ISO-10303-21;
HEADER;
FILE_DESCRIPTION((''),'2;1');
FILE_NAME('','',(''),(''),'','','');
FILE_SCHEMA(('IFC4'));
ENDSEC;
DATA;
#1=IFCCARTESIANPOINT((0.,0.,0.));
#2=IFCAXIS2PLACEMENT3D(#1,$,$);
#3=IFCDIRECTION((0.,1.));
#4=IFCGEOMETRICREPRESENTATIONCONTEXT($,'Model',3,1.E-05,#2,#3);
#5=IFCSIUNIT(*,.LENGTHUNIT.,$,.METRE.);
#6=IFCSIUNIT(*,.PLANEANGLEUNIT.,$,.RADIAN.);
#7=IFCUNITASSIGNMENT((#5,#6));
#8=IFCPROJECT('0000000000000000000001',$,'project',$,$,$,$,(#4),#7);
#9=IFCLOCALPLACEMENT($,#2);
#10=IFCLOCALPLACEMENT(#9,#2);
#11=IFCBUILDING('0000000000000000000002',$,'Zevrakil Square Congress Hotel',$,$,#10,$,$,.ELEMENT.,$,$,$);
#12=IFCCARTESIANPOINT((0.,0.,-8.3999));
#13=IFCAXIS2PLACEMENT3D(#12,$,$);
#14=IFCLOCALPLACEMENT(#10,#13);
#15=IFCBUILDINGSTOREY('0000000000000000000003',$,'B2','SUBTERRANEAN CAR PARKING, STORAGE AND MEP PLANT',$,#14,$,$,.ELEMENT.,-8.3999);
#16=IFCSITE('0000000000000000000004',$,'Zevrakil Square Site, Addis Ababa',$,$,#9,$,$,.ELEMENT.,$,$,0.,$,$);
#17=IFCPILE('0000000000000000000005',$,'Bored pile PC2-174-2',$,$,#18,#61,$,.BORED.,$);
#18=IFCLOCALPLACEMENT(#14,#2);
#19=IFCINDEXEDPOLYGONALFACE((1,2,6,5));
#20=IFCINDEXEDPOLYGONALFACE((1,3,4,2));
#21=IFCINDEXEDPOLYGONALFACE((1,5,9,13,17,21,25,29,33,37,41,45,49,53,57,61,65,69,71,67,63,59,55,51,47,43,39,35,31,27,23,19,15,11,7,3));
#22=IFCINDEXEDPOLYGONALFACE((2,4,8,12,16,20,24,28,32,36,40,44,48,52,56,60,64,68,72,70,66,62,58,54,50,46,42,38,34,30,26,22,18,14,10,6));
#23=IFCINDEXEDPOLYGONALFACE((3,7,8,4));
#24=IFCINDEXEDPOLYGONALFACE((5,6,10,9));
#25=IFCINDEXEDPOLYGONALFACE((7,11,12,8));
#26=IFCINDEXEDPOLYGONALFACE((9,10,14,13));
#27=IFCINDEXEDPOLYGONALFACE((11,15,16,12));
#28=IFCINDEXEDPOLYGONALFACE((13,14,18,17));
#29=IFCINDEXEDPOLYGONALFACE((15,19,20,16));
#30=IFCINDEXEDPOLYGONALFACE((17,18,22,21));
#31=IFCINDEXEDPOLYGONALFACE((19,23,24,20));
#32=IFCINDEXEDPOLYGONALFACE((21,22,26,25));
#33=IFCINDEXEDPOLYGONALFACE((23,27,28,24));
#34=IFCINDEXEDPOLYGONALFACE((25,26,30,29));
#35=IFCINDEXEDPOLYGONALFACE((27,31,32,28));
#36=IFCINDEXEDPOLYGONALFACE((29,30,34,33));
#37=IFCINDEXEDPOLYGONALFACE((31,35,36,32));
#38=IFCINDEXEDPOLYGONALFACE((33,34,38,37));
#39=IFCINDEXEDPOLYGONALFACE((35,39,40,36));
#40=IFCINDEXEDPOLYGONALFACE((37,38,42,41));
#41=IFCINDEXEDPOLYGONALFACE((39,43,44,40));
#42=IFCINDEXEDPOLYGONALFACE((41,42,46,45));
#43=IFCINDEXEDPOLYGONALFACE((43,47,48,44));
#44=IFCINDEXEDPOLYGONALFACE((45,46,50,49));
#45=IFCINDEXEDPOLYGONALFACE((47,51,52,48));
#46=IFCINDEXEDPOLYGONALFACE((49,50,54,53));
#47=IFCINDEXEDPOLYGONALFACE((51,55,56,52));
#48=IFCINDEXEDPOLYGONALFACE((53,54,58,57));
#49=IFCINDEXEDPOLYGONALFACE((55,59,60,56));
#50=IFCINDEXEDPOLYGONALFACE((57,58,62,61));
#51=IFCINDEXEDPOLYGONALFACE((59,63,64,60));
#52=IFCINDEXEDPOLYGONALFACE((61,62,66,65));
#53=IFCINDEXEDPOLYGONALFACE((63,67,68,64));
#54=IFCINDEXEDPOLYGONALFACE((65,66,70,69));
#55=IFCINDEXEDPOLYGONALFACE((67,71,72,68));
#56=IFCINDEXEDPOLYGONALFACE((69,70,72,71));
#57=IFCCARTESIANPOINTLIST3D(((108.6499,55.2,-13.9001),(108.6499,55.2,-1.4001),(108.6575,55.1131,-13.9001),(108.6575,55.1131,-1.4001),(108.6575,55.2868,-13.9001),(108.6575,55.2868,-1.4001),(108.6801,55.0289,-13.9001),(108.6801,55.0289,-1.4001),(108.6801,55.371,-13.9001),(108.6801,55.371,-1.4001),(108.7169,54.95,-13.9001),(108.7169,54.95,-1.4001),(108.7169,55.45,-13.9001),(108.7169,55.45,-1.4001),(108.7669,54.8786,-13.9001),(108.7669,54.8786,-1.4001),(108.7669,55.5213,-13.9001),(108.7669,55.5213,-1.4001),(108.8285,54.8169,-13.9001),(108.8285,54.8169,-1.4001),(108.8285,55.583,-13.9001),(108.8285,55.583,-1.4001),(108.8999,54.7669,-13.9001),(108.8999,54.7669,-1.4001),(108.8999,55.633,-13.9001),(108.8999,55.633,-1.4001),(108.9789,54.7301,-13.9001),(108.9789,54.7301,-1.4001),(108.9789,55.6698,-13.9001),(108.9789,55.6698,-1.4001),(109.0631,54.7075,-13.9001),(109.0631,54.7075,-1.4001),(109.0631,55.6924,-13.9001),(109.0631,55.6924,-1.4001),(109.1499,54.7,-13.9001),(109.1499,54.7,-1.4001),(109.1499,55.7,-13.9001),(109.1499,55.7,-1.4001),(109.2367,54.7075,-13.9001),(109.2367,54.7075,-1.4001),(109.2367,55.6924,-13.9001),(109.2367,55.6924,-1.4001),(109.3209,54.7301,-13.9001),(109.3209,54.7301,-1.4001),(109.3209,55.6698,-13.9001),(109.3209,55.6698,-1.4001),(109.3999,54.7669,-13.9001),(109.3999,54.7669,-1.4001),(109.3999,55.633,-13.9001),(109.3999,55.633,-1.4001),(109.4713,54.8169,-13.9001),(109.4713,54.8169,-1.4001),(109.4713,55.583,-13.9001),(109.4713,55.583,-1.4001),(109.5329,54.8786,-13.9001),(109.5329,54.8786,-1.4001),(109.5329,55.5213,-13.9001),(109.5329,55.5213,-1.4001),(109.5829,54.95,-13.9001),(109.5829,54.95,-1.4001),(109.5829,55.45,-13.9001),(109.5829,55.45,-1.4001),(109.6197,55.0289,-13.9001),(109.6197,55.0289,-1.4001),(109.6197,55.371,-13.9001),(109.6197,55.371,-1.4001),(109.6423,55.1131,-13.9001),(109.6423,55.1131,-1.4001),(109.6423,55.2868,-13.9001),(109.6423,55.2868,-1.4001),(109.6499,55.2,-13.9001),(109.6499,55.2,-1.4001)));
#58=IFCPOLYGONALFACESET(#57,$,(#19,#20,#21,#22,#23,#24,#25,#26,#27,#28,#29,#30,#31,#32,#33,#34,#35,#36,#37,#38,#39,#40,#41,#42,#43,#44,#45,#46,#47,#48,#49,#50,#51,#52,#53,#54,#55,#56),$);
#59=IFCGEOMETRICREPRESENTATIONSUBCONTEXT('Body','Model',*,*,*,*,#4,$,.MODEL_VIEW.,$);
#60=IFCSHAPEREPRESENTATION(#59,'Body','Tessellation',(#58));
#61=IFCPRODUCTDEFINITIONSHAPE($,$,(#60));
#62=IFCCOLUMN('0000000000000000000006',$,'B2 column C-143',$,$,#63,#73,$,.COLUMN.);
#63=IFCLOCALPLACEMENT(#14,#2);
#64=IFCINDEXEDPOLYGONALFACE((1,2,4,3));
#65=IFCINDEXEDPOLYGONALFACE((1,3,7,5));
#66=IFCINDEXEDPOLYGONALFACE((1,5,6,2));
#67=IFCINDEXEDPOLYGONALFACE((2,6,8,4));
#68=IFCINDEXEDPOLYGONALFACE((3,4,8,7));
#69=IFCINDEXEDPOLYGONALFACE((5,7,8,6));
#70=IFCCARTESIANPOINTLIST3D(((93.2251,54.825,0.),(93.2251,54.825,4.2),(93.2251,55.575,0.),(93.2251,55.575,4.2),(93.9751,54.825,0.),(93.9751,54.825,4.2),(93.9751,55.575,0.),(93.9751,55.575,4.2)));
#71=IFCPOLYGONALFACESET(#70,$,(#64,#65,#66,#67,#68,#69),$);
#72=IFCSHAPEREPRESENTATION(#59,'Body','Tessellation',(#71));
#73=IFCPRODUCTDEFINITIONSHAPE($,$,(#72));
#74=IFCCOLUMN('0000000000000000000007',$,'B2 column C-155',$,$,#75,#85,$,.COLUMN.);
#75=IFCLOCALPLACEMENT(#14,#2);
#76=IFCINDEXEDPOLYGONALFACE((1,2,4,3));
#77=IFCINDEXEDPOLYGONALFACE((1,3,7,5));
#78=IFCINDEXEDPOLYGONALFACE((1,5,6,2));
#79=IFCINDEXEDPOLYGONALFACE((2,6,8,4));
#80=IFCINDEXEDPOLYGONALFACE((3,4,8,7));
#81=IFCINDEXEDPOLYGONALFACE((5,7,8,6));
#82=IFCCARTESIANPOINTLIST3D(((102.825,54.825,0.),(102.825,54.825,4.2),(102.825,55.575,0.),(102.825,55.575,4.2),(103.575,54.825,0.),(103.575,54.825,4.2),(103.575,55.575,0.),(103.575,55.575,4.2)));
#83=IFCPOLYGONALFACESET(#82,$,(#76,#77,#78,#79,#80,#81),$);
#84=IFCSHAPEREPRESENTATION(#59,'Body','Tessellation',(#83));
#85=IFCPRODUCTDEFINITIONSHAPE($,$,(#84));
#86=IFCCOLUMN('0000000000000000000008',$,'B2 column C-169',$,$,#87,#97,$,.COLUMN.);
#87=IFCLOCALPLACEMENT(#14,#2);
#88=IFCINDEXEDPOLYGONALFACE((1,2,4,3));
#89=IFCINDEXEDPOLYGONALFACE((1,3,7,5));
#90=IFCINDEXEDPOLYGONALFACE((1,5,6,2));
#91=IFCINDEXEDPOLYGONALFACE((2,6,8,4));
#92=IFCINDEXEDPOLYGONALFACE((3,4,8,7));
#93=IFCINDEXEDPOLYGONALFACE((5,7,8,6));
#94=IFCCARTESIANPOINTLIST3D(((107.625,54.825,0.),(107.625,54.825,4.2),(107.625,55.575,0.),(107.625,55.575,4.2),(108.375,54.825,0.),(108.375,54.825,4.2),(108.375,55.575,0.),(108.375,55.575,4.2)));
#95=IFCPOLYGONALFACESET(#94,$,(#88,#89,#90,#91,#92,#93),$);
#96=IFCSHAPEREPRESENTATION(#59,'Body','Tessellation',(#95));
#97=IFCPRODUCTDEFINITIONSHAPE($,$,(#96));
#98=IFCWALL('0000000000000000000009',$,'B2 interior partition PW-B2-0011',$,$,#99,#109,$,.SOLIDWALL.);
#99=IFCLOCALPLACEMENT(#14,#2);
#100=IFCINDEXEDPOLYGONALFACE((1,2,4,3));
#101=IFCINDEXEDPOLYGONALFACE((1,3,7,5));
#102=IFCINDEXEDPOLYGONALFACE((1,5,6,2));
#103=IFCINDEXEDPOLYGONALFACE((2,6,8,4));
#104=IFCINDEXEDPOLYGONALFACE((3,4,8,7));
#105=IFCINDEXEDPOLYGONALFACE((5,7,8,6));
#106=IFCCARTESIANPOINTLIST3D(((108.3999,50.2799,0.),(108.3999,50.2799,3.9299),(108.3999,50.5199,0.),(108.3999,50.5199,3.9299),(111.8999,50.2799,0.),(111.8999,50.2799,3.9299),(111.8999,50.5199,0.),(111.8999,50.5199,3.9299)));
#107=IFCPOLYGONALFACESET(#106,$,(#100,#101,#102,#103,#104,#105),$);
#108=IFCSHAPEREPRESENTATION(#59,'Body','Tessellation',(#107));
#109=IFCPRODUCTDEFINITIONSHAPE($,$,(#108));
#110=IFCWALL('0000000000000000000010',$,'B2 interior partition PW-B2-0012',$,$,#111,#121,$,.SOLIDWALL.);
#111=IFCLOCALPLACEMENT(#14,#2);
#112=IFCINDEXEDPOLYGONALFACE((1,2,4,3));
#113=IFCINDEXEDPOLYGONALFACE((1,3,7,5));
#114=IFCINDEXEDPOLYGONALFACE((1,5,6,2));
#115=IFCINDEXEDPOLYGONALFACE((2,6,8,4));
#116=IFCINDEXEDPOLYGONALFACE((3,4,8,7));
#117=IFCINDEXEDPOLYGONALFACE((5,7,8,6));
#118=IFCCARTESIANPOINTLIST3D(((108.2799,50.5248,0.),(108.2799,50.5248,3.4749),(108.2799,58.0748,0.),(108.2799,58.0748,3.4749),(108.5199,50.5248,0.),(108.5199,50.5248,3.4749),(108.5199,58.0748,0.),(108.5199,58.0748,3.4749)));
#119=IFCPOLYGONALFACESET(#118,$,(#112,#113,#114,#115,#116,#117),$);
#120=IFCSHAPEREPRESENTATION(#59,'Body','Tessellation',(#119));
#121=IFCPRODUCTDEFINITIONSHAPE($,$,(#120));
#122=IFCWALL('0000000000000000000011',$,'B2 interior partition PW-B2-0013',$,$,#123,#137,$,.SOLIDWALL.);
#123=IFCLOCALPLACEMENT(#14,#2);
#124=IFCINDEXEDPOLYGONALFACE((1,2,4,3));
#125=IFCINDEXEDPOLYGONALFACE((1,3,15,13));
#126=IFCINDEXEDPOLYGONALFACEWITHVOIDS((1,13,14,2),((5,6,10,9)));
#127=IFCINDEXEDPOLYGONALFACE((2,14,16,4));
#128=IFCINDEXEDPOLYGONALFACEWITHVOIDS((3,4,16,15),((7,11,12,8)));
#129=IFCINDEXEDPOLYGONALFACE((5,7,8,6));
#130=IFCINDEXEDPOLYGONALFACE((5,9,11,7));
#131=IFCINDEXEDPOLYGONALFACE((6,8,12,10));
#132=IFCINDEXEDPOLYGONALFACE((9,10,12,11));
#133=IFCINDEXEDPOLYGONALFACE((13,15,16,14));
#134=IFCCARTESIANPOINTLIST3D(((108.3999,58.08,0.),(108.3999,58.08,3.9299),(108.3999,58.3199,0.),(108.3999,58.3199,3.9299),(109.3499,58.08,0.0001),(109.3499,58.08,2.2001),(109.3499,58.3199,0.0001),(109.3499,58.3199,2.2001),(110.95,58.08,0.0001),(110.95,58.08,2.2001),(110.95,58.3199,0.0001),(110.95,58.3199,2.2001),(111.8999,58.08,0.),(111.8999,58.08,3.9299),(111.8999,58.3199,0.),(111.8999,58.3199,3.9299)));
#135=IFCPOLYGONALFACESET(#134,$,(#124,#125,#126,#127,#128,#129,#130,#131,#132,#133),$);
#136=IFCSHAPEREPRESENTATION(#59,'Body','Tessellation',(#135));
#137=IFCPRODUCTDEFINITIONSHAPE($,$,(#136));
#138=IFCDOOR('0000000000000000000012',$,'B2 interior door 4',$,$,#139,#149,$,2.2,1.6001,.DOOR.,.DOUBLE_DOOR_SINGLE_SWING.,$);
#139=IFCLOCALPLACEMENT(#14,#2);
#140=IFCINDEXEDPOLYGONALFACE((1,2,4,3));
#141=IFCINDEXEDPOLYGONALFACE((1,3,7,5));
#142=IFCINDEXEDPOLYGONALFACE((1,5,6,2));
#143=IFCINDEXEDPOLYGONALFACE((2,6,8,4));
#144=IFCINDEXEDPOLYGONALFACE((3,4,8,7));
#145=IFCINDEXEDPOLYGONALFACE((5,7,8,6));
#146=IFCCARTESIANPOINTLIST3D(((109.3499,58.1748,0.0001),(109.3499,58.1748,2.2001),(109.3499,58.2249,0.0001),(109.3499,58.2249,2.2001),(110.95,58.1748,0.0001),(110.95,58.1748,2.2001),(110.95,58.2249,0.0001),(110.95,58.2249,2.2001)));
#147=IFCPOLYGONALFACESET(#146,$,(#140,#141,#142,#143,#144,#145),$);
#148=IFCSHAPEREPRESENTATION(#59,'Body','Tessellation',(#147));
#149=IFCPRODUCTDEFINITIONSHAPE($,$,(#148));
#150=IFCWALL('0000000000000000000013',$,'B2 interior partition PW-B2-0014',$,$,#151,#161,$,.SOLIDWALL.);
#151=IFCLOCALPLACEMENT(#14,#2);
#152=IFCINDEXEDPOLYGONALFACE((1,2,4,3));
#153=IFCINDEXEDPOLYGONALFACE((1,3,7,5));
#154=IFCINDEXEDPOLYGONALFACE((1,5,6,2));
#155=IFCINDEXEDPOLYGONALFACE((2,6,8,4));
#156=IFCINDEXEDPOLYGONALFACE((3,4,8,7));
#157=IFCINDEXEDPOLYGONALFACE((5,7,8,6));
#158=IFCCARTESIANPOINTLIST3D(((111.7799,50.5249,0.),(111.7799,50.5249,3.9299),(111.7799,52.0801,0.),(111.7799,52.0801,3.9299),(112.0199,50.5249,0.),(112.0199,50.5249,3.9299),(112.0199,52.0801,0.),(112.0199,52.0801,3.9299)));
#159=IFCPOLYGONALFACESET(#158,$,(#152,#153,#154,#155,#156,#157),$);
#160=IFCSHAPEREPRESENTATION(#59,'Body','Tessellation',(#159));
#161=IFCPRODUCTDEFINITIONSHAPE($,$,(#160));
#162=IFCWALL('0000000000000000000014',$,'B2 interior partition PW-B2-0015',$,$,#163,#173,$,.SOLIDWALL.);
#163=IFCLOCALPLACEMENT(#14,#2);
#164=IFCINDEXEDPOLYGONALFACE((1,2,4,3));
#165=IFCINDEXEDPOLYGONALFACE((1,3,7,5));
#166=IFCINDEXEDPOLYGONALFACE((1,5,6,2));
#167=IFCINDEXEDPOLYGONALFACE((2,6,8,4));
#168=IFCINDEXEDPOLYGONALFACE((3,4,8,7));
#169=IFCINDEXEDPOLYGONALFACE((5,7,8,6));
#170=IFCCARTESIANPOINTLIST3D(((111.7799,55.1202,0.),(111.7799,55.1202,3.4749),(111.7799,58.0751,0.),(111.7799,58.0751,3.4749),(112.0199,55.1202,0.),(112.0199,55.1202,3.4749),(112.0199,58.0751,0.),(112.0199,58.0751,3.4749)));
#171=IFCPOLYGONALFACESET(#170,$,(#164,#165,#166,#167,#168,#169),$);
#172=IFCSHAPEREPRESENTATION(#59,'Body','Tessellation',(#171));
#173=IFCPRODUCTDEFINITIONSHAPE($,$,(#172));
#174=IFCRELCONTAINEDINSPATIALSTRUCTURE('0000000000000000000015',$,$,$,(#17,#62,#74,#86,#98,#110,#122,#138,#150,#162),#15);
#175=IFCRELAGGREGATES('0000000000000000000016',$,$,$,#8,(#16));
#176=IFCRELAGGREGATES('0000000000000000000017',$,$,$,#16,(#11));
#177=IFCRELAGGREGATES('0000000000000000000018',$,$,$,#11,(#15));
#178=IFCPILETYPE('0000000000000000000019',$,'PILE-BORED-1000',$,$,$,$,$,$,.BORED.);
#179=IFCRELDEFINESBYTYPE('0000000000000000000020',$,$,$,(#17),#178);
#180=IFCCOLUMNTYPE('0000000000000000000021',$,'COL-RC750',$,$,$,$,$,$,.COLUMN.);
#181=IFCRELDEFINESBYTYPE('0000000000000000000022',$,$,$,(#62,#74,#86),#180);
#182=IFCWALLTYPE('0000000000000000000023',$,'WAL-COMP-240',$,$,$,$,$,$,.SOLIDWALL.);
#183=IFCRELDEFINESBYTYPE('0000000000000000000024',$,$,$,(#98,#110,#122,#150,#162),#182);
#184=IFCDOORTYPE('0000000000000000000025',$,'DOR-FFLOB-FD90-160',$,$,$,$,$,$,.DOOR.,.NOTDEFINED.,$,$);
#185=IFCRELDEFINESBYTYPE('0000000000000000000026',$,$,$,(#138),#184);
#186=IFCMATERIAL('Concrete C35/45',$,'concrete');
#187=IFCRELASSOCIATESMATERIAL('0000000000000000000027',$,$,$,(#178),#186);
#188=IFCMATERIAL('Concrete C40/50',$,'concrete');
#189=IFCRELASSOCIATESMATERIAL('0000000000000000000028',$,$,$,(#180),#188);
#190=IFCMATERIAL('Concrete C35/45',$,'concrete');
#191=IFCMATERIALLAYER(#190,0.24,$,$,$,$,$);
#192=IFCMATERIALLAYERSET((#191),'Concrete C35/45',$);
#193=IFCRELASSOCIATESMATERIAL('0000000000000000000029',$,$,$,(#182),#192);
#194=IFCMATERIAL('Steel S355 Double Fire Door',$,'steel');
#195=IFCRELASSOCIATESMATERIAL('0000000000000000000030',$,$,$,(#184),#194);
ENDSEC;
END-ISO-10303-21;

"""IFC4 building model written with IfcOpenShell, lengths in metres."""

from ifc_helpers import new_model, si_unit, direction, frame, frame_2d, origin, origin_2d, place, context, subcontext, project, spatial, rectangle, circle, extrude, material, layer, layer_set, material_profile, profile_set, type_object, element, fill, save


model = new_model("IFC4")

# Units and contexts
model_context = context("Model", 3, precision=1e-05, world=origin(), true_north=direction((0.0, 1.0)))
body_context = subcontext(model_context, "Body", "Model", "MODEL_VIEW")
ifc_project = project(units=[si_unit("LENGTHUNIT", "METRE"), si_unit("PLANEANGLEUNIT", "RADIAN")], contexts=[model_context])

# Site, building, storey
site_placement = place(None, origin())
site = spatial("IfcSite", under=ifc_project, at=site_placement, Name="Zevrakil Square Site, Addis Ababa", CompositionType="ELEMENT", RefElevation=0.0)
building_placement = place(site_placement, origin())
building = spatial("IfcBuilding", under=site, at=building_placement, Name="Zevrakil Square Congress Hotel", CompositionType="ELEMENT")
storey_placement = place(building_placement, frame((0.0, 0.0, -8.3999)))
storey = spatial("IfcBuildingStorey", under=building, at=storey_placement, Name="B2", Description="SUBTERRANEAN CAR PARKING, STORAGE AND MEP PLANT", CompositionType="ELEMENT", Elevation=-8.3999)

# Pile
ifc_material_1 = material(Name="Concrete C35/45", Category="concrete")
ifc_material_profile_1 = material_profile(ifc_material_1, circle(Radius=0.5, at=origin_2d()), Name="PILE D1000")
ifc_profile_set_1 = profile_set([ifc_material_profile_1], Name="Concrete C35/45")
pile_type = type_object("IfcPileType", Name="PILE-BORED-1000", PredefinedType="BORED", material=ifc_profile_set_1)
for number, where, z_axis, x_axis, name in (
    (1, (109.1499, 55.2, -1.4001), (0.0, 0.0, -1.0), (1.0, 0.0, 0.0), "Bored pile PC2-174-2"),
):
    element("IfcPile", number, at=place(storey_placement, frame(where, z_axis=z_axis, x_axis=x_axis)), inside=storey, type_object=pile_type, Name=name, PredefinedType="BORED", context=body_context, shape_type="SweptSolid", body=[
        extrude(circle(Radius=0.5, at=origin_2d()), origin(), (0.0, 0.0, 1.0), 12.5),
    ])

# Columns
ifc_material_2 = material(Name="Concrete C40/50", Category="concrete")
ifc_material_profile_2 = material_profile(ifc_material_2, rectangle(XDim=0.75, YDim=0.75, at=origin_2d()), Name="RC 750x750")
ifc_profile_set_2 = profile_set([ifc_material_profile_2], Name="Concrete C40/50")
column_type = type_object("IfcColumnType", Name="COL-RC750", PredefinedType="COLUMN", material=ifc_profile_set_2)
for number, where, z_axis, x_axis, name in (
    (2, (93.6001, 55.2, 0.0), (0.0, 0.0, 1.0), (1.0, 0.0, 0.0), "B2 column C-143"),
    (3, (103.2, 55.2, 0.0), (0.0, 0.0, 1.0), (1.0, 0.0, 0.0), "B2 column C-155"),
    (4, (108.0, 55.2, 0.0), (0.0, 0.0, 1.0), (1.0, 0.0, 0.0), "B2 column C-169"),
):
    element("IfcColumn", number, at=place(storey_placement, frame(where, z_axis=z_axis, x_axis=x_axis)), inside=storey, type_object=column_type, Name=name, PredefinedType="COLUMN", context=body_context, shape_type="SweptSolid", body=[
        extrude(rectangle(XDim=0.75, YDim=0.75, at=origin_2d()), origin(), (0.0, 0.0, 1.0), 4.2),
    ])

# Walls
ifc_material_3 = material(Name="Concrete C35/45", Category="concrete")
ifc_layer_1 = layer(ifc_material_3, 0.24)
ifc_layer_set_1 = layer_set([ifc_layer_1], Name="Concrete C35/45")
wall_type_1 = type_object("IfcWallType", Name="WAL-COMP-240", PredefinedType="SOLIDWALL", material=ifc_layer_set_1)
wall_1_placement = place(storey_placement, frame((108.3999, 50.3999, 0.0), z_axis=(0.0, 0.0, 1.0), x_axis=(1.0, 0.0, 0.0)))
element("IfcWall", 5, at=wall_1_placement, inside=storey, type_object=wall_type_1, Name="B2 interior partition PW-B2-0011", PredefinedType="SOLIDWALL", context=body_context, shape_type="SweptSolid", body=[
    extrude(rectangle(XDim=3.5, YDim=0.24, at=frame_2d((1.75, 0.0))), origin(), (0.0, 0.0, 1.0), 3.9299),
])
wall_2_placement = place(storey_placement, frame((108.3999, 50.5249, 0.0), z_axis=(0.0, 0.0, 1.0), x_axis=(0.0, 1.0, 0.0)))
element("IfcWall", 6, at=wall_2_placement, inside=storey, type_object=wall_type_1, Name="B2 interior partition PW-B2-0012", PredefinedType="SOLIDWALL", context=body_context, shape_type="SweptSolid", body=[
    extrude(rectangle(XDim=7.55, YDim=0.24, at=frame_2d((3.7749, 0.0))), origin(), (0.0, 0.0, 1.0), 3.4749),
])

# Wall, opening, door
wall_3_placement = place(storey_placement, frame((108.3999, 58.2, 0.0), z_axis=(0.0, 0.0, 1.0), x_axis=(1.0, 0.0, 0.0)))
wall_3 = element("IfcWall", 7, at=wall_3_placement, inside=storey, type_object=wall_type_1, Name="B2 interior partition PW-B2-0013", PredefinedType="SOLIDWALL", context=body_context, shape_type="SweptSolid", body=[
    extrude(rectangle(XDim=3.5, YDim=0.24, at=frame_2d((1.75, 0.0))), origin(), (0.0, 0.0, 1.0), 3.9299),
])
opening_1_placement = place(wall_3_placement, frame((0.95, 0.0, 0.0)))
opening_1 = element("IfcOpeningElement", 8, at=opening_1_placement, cuts=wall_3, PredefinedType="OPENING", context=body_context, shape_type="SweptSolid", body=[
    extrude(rectangle(XDim=1.6001, YDim=2.2, at=frame_2d((0.8, 1.1001))), frame((0.0, 0.1299, 0.0), z_axis=(0.0, -1.0, 0.0), x_axis=(1.0, 0.0, 0.0)), (0.0, 0.0, 1.0), 0.26),
])
ifc_material_4 = material(Name="Steel S355 Double Fire Door", Category="steel")
door_type_1 = type_object("IfcDoorType", Name="DOR-FFLOB-FD90-160", OperationType="NOTDEFINED", PredefinedType="DOOR", material=ifc_material_4)
door_1_placement = place(opening_1_placement, origin())
door_1 = element("IfcDoor", 9, at=door_1_placement, inside=storey, type_object=door_type_1, Name="B2 interior door 4", OperationType="DOUBLE_DOOR_SINGLE_SWING", OverallHeight=2.2, OverallWidth=1.6001, PredefinedType="DOOR", context=body_context, shape_type="SweptSolid", body=[
    extrude(rectangle(XDim=1.6001, YDim=2.2, at=frame_2d((0.8, 1.1001))), frame((0.0, 0.0249, 0.0), z_axis=(0.0, -1.0, 0.0), x_axis=(1.0, 0.0, 0.0)), (0.0, 0.0, 1.0), 0.05),
])
fill(opening_1, door_1)

# Walls
wall_4_placement = place(storey_placement, frame((111.8999, 50.5249, 0.0), z_axis=(0.0, 0.0, 1.0), x_axis=(0.0, 1.0, 0.0)))
element("IfcWall", 10, at=wall_4_placement, inside=storey, type_object=wall_type_1, Name="B2 interior partition PW-B2-0014", PredefinedType="SOLIDWALL", context=body_context, shape_type="SweptSolid", body=[
    extrude(rectangle(XDim=1.5552, YDim=0.24, at=frame_2d((0.7776, 0.0))), origin(), (0.0, 0.0, 1.0), 3.9299),
])
wall_5_placement = place(storey_placement, frame((111.8999, 55.1201, 0.0), z_axis=(0.0, 0.0, 1.0), x_axis=(0.0, 1.0, 0.0)))
element("IfcWall", 11, at=wall_5_placement, inside=storey, type_object=wall_type_1, Name="B2 interior partition PW-B2-0015", PredefinedType="SOLIDWALL", context=body_context, shape_type="SweptSolid", body=[
    extrude(rectangle(XDim=2.9548, YDim=0.24, at=frame_2d((1.4775, 0.0))), origin(), (0.0, 0.0, 1.0), 3.4749),
])

save(model, "model.ifc")
